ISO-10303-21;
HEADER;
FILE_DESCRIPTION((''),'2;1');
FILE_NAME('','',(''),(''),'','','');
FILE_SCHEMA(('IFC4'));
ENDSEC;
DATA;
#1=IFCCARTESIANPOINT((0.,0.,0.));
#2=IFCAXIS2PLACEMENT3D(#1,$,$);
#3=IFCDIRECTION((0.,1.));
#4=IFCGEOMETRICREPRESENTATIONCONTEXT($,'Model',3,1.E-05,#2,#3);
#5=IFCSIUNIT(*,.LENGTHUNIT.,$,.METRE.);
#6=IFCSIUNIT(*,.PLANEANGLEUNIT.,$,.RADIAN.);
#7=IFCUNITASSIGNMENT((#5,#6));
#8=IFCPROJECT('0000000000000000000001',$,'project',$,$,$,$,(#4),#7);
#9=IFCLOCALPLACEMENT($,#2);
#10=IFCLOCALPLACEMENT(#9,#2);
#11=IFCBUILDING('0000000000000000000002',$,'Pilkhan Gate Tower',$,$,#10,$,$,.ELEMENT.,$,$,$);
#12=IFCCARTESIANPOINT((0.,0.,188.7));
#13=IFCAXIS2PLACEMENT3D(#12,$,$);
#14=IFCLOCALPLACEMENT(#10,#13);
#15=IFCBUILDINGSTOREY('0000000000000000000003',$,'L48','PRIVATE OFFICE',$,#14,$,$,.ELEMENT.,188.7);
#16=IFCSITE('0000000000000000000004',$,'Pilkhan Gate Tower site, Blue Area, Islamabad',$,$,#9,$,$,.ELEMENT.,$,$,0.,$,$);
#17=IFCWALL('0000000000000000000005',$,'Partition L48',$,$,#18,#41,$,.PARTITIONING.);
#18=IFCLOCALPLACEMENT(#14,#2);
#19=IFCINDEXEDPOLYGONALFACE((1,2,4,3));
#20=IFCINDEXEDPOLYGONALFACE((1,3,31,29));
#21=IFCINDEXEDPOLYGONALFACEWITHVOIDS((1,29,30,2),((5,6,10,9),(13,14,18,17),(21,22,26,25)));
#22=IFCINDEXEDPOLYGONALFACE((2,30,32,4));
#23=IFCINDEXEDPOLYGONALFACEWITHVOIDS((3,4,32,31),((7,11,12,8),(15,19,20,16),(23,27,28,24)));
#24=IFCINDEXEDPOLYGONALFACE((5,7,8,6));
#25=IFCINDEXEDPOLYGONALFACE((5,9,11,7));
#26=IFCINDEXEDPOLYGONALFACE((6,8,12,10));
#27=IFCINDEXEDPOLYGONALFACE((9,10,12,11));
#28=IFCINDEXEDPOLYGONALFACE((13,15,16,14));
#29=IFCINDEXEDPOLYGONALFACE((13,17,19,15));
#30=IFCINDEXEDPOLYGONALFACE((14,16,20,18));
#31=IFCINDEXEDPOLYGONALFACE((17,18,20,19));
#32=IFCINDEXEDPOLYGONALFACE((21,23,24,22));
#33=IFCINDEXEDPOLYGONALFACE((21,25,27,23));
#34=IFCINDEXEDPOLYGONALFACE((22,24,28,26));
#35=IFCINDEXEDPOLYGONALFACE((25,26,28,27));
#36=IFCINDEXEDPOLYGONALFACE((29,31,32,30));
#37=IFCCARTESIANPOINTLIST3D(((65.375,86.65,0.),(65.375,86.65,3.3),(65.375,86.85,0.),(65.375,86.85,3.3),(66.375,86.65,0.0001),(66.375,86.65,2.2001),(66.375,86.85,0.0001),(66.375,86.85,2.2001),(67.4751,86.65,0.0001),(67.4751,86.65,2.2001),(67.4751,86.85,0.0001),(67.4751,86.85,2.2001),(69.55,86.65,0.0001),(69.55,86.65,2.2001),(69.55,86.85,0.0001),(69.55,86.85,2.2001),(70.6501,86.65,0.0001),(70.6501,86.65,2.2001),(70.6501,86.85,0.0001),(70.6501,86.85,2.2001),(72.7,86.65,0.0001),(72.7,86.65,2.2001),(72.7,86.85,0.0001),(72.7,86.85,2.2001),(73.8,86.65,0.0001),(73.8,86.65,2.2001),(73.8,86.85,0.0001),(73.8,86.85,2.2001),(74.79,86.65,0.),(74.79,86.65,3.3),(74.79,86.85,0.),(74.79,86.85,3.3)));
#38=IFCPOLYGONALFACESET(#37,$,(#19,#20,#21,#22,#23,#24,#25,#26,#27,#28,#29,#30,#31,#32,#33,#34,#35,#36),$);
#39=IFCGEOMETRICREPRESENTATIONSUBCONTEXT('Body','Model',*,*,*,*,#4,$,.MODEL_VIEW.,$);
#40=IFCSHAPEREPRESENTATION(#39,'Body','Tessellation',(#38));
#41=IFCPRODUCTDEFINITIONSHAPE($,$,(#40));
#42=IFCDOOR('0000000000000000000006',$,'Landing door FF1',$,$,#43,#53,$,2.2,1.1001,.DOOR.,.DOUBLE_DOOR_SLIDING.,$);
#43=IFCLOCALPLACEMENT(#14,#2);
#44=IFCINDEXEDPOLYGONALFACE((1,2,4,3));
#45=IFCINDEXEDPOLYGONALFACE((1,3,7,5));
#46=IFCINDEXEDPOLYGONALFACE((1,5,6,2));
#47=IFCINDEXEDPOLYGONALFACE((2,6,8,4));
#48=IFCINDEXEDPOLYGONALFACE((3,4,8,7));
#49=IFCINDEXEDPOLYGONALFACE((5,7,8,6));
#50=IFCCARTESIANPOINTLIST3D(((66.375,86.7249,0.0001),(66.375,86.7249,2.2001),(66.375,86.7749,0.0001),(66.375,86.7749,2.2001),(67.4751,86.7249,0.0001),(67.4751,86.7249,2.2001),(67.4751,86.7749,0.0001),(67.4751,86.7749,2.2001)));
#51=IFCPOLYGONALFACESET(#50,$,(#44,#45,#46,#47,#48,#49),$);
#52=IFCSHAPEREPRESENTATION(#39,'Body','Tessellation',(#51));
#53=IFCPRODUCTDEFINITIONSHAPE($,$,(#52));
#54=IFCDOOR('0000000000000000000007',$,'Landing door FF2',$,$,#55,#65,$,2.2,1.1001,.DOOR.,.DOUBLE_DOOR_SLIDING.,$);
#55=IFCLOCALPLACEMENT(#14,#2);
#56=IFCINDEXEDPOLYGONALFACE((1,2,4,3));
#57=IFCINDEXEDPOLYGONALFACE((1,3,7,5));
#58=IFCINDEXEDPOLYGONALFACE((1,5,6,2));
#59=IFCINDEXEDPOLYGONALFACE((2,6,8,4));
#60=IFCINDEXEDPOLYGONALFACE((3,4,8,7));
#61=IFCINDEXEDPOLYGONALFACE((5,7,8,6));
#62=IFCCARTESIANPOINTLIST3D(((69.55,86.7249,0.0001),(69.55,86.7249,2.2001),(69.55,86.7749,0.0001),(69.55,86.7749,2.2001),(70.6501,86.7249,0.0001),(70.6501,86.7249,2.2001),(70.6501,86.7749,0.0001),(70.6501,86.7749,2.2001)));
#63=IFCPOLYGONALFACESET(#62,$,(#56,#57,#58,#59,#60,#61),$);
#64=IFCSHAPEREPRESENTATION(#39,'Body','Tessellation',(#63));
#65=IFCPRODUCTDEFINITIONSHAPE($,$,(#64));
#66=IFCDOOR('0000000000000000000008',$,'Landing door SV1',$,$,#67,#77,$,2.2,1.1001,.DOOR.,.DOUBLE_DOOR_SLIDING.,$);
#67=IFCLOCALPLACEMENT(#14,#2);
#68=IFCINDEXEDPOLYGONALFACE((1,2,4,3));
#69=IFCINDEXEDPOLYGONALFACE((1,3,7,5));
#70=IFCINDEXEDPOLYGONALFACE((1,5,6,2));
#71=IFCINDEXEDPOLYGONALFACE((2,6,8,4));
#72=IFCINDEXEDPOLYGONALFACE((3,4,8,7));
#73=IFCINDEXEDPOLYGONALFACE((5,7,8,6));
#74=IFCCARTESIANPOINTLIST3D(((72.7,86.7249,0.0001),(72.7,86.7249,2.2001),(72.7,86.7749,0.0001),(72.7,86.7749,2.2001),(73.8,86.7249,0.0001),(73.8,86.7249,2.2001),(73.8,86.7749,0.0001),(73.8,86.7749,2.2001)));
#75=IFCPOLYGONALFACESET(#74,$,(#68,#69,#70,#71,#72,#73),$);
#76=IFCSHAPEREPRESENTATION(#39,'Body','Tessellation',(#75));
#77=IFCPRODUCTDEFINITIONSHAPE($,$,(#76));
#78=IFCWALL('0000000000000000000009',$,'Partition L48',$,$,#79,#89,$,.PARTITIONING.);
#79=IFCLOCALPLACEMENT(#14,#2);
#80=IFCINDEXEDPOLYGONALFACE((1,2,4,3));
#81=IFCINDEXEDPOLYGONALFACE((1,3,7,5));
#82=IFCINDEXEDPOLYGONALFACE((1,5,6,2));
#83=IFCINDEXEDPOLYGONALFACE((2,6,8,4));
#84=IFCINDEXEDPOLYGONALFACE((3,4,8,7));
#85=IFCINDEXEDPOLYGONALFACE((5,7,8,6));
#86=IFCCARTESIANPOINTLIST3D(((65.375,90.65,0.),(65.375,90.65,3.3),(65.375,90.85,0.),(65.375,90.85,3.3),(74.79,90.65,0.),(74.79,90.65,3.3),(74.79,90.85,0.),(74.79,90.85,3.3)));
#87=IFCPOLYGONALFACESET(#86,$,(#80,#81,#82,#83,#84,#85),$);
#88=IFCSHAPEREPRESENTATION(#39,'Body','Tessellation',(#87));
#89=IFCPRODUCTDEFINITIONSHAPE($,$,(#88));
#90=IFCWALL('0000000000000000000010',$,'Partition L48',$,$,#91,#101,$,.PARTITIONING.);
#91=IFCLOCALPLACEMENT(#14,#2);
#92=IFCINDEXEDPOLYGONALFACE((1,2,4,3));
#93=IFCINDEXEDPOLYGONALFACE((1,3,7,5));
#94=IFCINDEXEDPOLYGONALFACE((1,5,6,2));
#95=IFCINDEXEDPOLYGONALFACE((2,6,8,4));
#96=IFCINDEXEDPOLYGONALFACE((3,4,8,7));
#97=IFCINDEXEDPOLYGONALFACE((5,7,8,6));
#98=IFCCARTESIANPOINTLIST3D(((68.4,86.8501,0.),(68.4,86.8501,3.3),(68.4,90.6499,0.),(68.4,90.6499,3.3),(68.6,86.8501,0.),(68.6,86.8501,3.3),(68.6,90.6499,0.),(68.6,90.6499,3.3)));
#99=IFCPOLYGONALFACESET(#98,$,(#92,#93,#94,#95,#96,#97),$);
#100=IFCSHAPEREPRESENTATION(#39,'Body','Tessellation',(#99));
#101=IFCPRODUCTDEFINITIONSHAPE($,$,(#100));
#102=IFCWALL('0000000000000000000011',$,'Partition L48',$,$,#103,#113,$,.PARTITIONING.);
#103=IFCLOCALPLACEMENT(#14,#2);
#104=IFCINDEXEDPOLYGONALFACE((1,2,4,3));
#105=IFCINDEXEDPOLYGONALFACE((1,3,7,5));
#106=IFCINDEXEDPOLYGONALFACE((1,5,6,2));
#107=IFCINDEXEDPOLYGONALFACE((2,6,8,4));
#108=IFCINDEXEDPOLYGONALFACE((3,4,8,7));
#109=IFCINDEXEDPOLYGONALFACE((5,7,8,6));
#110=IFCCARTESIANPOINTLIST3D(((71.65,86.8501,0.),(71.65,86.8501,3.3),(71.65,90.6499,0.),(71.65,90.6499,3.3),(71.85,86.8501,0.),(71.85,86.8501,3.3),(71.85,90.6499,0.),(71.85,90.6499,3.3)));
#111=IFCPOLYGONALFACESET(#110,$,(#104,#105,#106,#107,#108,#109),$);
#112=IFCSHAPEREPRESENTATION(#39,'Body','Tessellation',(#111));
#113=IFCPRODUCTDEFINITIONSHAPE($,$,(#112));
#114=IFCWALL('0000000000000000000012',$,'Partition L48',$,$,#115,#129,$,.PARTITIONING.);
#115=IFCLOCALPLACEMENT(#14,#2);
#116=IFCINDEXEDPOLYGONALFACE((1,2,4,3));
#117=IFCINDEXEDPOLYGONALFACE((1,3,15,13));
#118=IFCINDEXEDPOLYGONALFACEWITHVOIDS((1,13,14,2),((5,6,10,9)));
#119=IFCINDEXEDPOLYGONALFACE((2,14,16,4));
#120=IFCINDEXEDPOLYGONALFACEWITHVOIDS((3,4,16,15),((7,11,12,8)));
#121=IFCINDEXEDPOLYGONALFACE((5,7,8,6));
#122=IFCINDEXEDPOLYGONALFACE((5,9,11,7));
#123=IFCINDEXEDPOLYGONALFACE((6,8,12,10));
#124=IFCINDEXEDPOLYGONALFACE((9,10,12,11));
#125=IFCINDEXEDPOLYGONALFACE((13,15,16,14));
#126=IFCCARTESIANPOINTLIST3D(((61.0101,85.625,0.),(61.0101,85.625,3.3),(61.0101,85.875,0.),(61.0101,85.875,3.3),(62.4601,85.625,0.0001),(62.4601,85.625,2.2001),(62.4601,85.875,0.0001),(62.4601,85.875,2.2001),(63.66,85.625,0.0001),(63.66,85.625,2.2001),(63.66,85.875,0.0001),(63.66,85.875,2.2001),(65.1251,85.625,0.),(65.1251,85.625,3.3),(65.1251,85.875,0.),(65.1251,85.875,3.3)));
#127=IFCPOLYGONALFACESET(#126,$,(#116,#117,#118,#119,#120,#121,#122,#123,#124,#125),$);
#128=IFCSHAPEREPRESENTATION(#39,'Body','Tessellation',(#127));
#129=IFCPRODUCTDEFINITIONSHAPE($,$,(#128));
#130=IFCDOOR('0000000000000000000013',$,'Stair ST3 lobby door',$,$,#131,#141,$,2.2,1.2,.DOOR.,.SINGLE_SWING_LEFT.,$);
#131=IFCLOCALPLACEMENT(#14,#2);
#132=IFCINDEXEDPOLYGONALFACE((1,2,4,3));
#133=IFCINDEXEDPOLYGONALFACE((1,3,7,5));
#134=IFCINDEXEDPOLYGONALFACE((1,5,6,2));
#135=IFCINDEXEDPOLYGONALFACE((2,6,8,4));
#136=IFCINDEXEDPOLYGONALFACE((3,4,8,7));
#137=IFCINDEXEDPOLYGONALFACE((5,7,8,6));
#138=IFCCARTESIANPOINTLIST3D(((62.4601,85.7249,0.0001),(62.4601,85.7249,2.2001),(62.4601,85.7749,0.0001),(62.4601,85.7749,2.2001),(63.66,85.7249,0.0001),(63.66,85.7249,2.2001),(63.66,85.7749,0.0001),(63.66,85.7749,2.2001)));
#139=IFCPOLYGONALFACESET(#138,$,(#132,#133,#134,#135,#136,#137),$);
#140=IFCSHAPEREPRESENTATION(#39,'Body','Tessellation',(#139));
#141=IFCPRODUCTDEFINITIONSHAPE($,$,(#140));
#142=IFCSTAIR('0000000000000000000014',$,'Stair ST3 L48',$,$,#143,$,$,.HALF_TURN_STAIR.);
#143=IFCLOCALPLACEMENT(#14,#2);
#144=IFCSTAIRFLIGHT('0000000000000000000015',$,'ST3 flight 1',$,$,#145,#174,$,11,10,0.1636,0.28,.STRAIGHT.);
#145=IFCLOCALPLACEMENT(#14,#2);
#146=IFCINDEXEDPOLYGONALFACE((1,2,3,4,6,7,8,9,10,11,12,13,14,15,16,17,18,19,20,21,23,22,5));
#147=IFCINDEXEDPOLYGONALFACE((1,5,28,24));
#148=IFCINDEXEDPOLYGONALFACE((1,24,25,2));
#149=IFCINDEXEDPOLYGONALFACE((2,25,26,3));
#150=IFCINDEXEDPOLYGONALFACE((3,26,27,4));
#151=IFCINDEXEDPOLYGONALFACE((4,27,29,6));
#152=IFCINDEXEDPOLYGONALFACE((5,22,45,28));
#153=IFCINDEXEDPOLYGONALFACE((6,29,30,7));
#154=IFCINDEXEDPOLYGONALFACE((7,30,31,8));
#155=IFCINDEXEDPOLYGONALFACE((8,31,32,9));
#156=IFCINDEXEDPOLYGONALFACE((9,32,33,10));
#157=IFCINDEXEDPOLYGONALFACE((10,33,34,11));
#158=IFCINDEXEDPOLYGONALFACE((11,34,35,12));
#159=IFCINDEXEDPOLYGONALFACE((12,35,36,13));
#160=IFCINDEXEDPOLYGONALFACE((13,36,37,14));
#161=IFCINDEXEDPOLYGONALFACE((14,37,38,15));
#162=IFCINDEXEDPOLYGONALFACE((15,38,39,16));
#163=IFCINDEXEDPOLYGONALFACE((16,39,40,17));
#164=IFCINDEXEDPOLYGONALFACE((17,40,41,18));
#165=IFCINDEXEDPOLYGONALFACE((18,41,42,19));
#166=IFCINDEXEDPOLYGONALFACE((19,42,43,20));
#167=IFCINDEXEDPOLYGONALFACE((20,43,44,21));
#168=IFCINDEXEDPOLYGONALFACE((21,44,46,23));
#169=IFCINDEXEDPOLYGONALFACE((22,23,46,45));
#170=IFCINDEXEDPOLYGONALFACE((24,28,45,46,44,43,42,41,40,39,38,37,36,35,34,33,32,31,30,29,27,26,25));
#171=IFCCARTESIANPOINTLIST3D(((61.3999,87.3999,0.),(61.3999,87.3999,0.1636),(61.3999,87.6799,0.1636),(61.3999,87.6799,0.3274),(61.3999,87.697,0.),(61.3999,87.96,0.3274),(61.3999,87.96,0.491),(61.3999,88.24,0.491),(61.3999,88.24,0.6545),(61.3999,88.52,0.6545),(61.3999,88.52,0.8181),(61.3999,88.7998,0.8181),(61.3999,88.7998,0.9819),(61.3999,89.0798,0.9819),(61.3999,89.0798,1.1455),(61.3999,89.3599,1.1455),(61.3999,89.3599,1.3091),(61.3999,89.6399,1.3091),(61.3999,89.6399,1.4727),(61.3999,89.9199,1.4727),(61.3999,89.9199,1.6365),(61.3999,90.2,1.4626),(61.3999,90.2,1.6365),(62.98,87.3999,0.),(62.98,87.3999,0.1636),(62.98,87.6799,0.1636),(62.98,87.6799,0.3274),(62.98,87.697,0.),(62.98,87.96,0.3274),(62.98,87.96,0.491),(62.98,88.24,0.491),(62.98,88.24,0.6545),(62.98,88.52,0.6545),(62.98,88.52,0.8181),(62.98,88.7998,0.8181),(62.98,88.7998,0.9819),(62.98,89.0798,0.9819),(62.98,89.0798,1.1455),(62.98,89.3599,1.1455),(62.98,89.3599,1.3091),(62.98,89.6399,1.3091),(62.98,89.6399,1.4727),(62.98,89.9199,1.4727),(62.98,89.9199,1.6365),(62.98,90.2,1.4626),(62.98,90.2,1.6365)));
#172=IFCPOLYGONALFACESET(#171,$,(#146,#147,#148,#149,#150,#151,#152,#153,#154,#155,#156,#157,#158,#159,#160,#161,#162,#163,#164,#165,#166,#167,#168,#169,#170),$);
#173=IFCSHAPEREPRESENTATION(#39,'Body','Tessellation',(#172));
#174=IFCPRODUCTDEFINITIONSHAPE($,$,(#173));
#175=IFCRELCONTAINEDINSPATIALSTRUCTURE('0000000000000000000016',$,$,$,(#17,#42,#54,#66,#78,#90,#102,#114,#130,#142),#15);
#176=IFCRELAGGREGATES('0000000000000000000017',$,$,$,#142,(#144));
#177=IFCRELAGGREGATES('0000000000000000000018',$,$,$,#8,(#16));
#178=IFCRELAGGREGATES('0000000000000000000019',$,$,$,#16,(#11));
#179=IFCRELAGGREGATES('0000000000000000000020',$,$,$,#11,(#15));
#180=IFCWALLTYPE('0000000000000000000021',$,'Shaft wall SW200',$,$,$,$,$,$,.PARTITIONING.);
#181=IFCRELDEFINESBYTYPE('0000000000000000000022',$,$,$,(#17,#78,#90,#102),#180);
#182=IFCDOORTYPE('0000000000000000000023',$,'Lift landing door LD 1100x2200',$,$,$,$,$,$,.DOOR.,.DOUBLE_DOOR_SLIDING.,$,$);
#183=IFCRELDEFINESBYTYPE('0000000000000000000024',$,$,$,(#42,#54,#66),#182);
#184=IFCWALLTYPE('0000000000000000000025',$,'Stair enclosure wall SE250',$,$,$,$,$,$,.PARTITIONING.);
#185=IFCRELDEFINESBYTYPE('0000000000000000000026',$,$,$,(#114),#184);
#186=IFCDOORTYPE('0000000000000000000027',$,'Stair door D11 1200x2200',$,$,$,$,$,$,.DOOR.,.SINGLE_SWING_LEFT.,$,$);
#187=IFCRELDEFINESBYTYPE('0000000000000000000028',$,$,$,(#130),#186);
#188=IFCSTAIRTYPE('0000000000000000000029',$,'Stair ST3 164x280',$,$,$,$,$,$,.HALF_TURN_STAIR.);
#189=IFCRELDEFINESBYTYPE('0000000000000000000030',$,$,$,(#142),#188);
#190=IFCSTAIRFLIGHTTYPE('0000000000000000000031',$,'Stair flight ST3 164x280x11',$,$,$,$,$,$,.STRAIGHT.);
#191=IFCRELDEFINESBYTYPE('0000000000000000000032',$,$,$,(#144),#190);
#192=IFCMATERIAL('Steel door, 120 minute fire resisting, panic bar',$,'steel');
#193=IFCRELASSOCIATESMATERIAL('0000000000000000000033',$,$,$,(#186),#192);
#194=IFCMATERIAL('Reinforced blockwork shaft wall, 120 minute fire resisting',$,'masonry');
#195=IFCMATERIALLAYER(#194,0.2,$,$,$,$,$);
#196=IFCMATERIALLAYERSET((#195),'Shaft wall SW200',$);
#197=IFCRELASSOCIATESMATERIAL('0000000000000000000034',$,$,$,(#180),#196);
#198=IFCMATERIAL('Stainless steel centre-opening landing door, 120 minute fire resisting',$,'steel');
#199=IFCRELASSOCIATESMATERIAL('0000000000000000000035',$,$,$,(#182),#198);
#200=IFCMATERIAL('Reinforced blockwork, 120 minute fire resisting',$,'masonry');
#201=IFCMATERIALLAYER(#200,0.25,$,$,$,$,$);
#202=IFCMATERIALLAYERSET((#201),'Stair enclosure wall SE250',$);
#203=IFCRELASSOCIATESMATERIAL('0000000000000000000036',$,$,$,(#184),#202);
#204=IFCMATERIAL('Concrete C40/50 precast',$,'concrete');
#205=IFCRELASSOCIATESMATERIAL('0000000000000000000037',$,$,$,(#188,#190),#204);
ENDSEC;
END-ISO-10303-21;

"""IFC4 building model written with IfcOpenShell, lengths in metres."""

from ifc_helpers import new_model, si_unit, direction, frame, frame_2d, origin, place, context, subcontext, project, spatial, polyline, rectangle, outline, extrude, material, layer, layer_set, type_object, element, fill, aggregate, save


model = new_model("IFC4")

# Units and contexts
model_context = context("Model", 3, precision=1e-05, world=origin(), true_north=direction((0.0, 1.0)))
body_context = subcontext(model_context, "Body", "Model", "MODEL_VIEW")
ifc_project = project(units=[si_unit("LENGTHUNIT", "METRE"), si_unit("PLANEANGLEUNIT", "RADIAN")], contexts=[model_context])

# Site, building, storey
site_placement = place(None, origin())
site = spatial("IfcSite", under=ifc_project, at=site_placement, Name="Pilkhan Gate Tower site, Blue Area, Islamabad", CompositionType="ELEMENT", RefElevation=0.0)
building_placement = place(site_placement, origin())
building = spatial("IfcBuilding", under=site, at=building_placement, Name="Pilkhan Gate Tower", CompositionType="ELEMENT")
storey_placement = place(building_placement, frame((0.0, 0.0, 188.7)))
storey = spatial("IfcBuildingStorey", under=building, at=storey_placement, Name="L48", Description="PRIVATE OFFICE", CompositionType="ELEMENT", Elevation=188.7)

# Shared definitions
ifc_material_1 = material(Name="Steel door, 120 minute fire resisting, panic bar", Category="steel")
door_type_1 = type_object("IfcDoorType", Name="Stair door D11 1200x2200", OperationType="SINGLE_SWING_LEFT", PredefinedType="DOOR", material=ifc_material_1)

# Wall, openings, doors
ifc_material_2 = material(Name="Reinforced blockwork shaft wall, 120 minute fire resisting", Category="masonry")
ifc_layer_1 = layer(ifc_material_2, 0.2)
ifc_layer_set_1 = layer_set([ifc_layer_1], Name="Shaft wall SW200")
wall_type_1 = type_object("IfcWallType", Name="Shaft wall SW200", PredefinedType="PARTITIONING", material=ifc_layer_set_1)
wall_1_placement = place(storey_placement, frame((65.375, 86.75, 0.0), z_axis=(0.0, 0.0, 1.0), x_axis=(1.0, 0.0, 0.0)))
wall_1 = element("IfcWall", 1, at=wall_1_placement, inside=storey, type_object=wall_type_1, Name="Partition L48", PredefinedType="PARTITIONING", context=body_context, shape_type="SweptSolid", body=[
    extrude(rectangle(XDim=9.415, YDim=0.2, at=frame_2d((4.7075, 0.0))), origin(), (0.0, 0.0, 1.0), 3.3),
])
opening_1_placement = place(wall_1_placement, frame((1.0, 0.0, 0.0)))
opening_1 = element("IfcOpeningElement", 2, at=opening_1_placement, cuts=wall_1, PredefinedType="OPENING", context=body_context, shape_type="SweptSolid", body=[
    extrude(rectangle(XDim=1.1001, YDim=2.2, at=frame_2d((0.55, 1.1001))), frame((0.0, 0.1099, 0.0), z_axis=(0.0, -1.0, 0.0), x_axis=(1.0, 0.0, 0.0)), (0.0, 0.0, 1.0), 0.22),
])
opening_2_placement = place(wall_1_placement, frame((4.175, 0.0, 0.0)))
opening_2 = element("IfcOpeningElement", 3, at=opening_2_placement, cuts=wall_1, PredefinedType="OPENING", context=body_context, shape_type="SweptSolid", body=[
    extrude(rectangle(XDim=1.1001, YDim=2.2, at=frame_2d((0.55, 1.1001))), frame((0.0, 0.1099, 0.0), z_axis=(0.0, -1.0, 0.0), x_axis=(1.0, 0.0, 0.0)), (0.0, 0.0, 1.0), 0.22),
])
opening_3_placement = place(wall_1_placement, frame((7.325, 0.0, 0.0)))
opening_3 = element("IfcOpeningElement", 4, at=opening_3_placement, cuts=wall_1, PredefinedType="OPENING", context=body_context, shape_type="SweptSolid", body=[
    extrude(rectangle(XDim=1.1001, YDim=2.2, at=frame_2d((0.55, 1.1001))), frame((0.0, 0.1099, 0.0), z_axis=(0.0, -1.0, 0.0), x_axis=(1.0, 0.0, 0.0)), (0.0, 0.0, 1.0), 0.22),
])
ifc_material_3 = material(Name="Stainless steel centre-opening landing door, 120 minute fire resisting", Category="steel")
door_type_2 = type_object("IfcDoorType", Name="Lift landing door LD 1100x2200", OperationType="DOUBLE_DOOR_SLIDING", PredefinedType="DOOR", material=ifc_material_3)
door_1_placement = place(opening_1_placement, origin())
door_1 = element("IfcDoor", 5, at=door_1_placement, inside=storey, type_object=door_type_2, Name="Landing door FF1", OperationType="DOUBLE_DOOR_SLIDING", OverallHeight=2.2, OverallWidth=1.1001, PredefinedType="DOOR", context=body_context, shape_type="SweptSolid", body=[
    extrude(rectangle(XDim=1.1001, YDim=2.2, at=frame_2d((0.55, 1.1001))), frame((0.0, 0.0249, 0.0), z_axis=(0.0, -1.0, 0.0), x_axis=(1.0, 0.0, 0.0)), (0.0, 0.0, 1.0), 0.05),
])
fill(opening_1, door_1)
door_2_placement = place(opening_2_placement, origin())
door_2 = element("IfcDoor", 6, at=door_2_placement, inside=storey, type_object=door_type_2, Name="Landing door FF2", OperationType="DOUBLE_DOOR_SLIDING", OverallHeight=2.2, OverallWidth=1.1001, PredefinedType="DOOR", context=body_context, shape_type="SweptSolid", body=[
    extrude(rectangle(XDim=1.1001, YDim=2.2, at=frame_2d((0.55, 1.1001))), frame((0.0, 0.0249, 0.0), z_axis=(0.0, -1.0, 0.0), x_axis=(1.0, 0.0, 0.0)), (0.0, 0.0, 1.0), 0.05),
])
fill(opening_2, door_2)
door_3_placement = place(opening_3_placement, origin())
door_3 = element("IfcDoor", 7, at=door_3_placement, inside=storey, type_object=door_type_2, Name="Landing door SV1", OperationType="DOUBLE_DOOR_SLIDING", OverallHeight=2.2, OverallWidth=1.1001, PredefinedType="DOOR", context=body_context, shape_type="SweptSolid", body=[
    extrude(rectangle(XDim=1.1001, YDim=2.2, at=frame_2d((0.55, 1.1001))), frame((0.0, 0.0249, 0.0), z_axis=(0.0, -1.0, 0.0), x_axis=(1.0, 0.0, 0.0)), (0.0, 0.0, 1.0), 0.05),
])
fill(opening_3, door_3)

# Walls
wall_2_placement = place(storey_placement, frame((65.375, 90.75, 0.0), z_axis=(0.0, 0.0, 1.0), x_axis=(1.0, 0.0, 0.0)))
element("IfcWall", 8, at=wall_2_placement, inside=storey, type_object=wall_type_1, Name="Partition L48", PredefinedType="PARTITIONING", context=body_context, shape_type="SweptSolid", body=[
    extrude(rectangle(XDim=9.415, YDim=0.2, at=frame_2d((4.7075, 0.0))), origin(), (0.0, 0.0, 1.0), 3.3),
])
for number, where, z_axis, x_axis, name in (
    (9, (68.5, 86.8501, 0.0), (0.0, 0.0, 1.0), (0.0, 1.0, 0.0), "Partition L48"),
    (10, (71.75, 86.8501, 0.0), (0.0, 0.0, 1.0), (0.0, 1.0, 0.0), "Partition L48"),
):
    element("IfcWall", number, at=place(storey_placement, frame(where, z_axis=z_axis, x_axis=x_axis)), inside=storey, type_object=wall_type_1, Name=name, PredefinedType="PARTITIONING", context=body_context, shape_type="SweptSolid", body=[
        extrude(rectangle(XDim=3.7998, YDim=0.2, at=frame_2d((1.8999, 0.0))), origin(), (0.0, 0.0, 1.0), 3.3),
    ])

# Wall, opening, door
ifc_material_4 = material(Name="Reinforced blockwork, 120 minute fire resisting", Category="masonry")
ifc_layer_2 = layer(ifc_material_4, 0.25)
ifc_layer_set_2 = layer_set([ifc_layer_2], Name="Stair enclosure wall SE250")
wall_type_2 = type_object("IfcWallType", Name="Stair enclosure wall SE250", PredefinedType="PARTITIONING", material=ifc_layer_set_2)
wall_3_placement = place(storey_placement, frame((61.01, 85.75, 0.0), z_axis=(0.0, 0.0, 1.0), x_axis=(1.0, 0.0, 0.0)))
wall_3 = element("IfcWall", 11, at=wall_3_placement, inside=storey, type_object=wall_type_2, Name="Partition L48", PredefinedType="PARTITIONING", context=body_context, shape_type="SweptSolid", body=[
    extrude(rectangle(XDim=4.115, YDim=0.25, at=frame_2d((2.0576, 0.0))), origin(), (0.0, 0.0, 1.0), 3.3),
])
opening_4_placement = place(wall_3_placement, frame((1.45, 0.0, 0.0)))
opening_4 = element("IfcOpeningElement", 12, at=opening_4_placement, cuts=wall_3, PredefinedType="OPENING", context=body_context, shape_type="SweptSolid", body=[
    extrude(rectangle(XDim=1.2, YDim=2.2, at=frame_2d((0.6001, 1.1001))), frame((0.0, 0.135, 0.0), z_axis=(0.0, -1.0, 0.0), x_axis=(1.0, 0.0, 0.0)), (0.0, 0.0, 1.0), 0.27),
])
door_4_placement = place(opening_4_placement, origin())
door_4 = element("IfcDoor", 13, at=door_4_placement, inside=storey, type_object=door_type_1, Name="Stair ST3 lobby door", OperationType="SINGLE_SWING_LEFT", OverallHeight=2.2, OverallWidth=1.2, PredefinedType="DOOR", context=body_context, shape_type="SweptSolid", body=[
    extrude(rectangle(XDim=1.2, YDim=2.2, at=frame_2d((0.6001, 1.1001))), frame((0.0, 0.0249, 0.0), z_axis=(0.0, -1.0, 0.0), x_axis=(1.0, 0.0, 0.0)), (0.0, 0.0, 1.0), 0.05),
])
fill(opening_4, door_4)

# Stair, stair flight
ifc_material_5 = material(Name="Concrete C40/50 precast", Category="concrete")
stair_type = type_object("IfcStairType", Name="Stair ST3 164x280", PredefinedType="HALF_TURN_STAIR", material=ifc_material_5)
stair_placement = place(storey_placement, origin())
stair = element("IfcStair", 14, at=stair_placement, inside=storey, type_object=stair_type, Name="Stair ST3 L48", PredefinedType="HALF_TURN_STAIR")
stair_flight_type = type_object("IfcStairFlightType", Name="Stair flight ST3 164x280x11", PredefinedType="STRAIGHT", material=ifc_material_5)
stair_flight_1_placement = place(storey_placement, frame((62.1899, 87.3999, 0.0), z_axis=(0.0, 0.0, 1.0), x_axis=(0.0, 1.0, 0.0)))
stair_flight_1 = element("IfcStairFlight", 15, at=stair_flight_1_placement, type_object=stair_flight_type, Name="ST3 flight 1", NumberOfRisers=11, NumberOfTreads=10, PredefinedType="STRAIGHT", RiserHeight=0.1636, TreadLength=0.28, context=body_context, shape_type="SweptSolid", body=[
    extrude(outline(polyline([(0.0, 0.0), (0.0, 0.1636), (0.28, 0.1636), (0.28, 0.3274), (0.5601, 0.3274), (0.5601, 0.491), (0.8401, 0.491), (0.8401, 0.6545), (1.1201, 0.6545), (1.1201, 0.8181), (1.3999, 0.8181), (1.3999, 0.9819), (1.6799, 0.9819), (1.6799, 1.1455), (1.96, 1.1455), (1.96, 1.3091), (2.24, 1.3091), (2.24, 1.4727), (2.52, 1.4727), (2.52, 1.6365), (2.8, 1.6365), (2.8, 1.8), (2.8, 1.4626), (0.2971, 0.0), (0.0, 0.0)])), frame((0.0, 0.79, 0.0), z_axis=(0.0, -1.0, 0.0), x_axis=(1.0, 0.0, 0.0)), (0.0, 0.0, 1.0), 1.5801),
])
aggregate(stair, [stair_flight_1])

save(model, "model.ifc")
